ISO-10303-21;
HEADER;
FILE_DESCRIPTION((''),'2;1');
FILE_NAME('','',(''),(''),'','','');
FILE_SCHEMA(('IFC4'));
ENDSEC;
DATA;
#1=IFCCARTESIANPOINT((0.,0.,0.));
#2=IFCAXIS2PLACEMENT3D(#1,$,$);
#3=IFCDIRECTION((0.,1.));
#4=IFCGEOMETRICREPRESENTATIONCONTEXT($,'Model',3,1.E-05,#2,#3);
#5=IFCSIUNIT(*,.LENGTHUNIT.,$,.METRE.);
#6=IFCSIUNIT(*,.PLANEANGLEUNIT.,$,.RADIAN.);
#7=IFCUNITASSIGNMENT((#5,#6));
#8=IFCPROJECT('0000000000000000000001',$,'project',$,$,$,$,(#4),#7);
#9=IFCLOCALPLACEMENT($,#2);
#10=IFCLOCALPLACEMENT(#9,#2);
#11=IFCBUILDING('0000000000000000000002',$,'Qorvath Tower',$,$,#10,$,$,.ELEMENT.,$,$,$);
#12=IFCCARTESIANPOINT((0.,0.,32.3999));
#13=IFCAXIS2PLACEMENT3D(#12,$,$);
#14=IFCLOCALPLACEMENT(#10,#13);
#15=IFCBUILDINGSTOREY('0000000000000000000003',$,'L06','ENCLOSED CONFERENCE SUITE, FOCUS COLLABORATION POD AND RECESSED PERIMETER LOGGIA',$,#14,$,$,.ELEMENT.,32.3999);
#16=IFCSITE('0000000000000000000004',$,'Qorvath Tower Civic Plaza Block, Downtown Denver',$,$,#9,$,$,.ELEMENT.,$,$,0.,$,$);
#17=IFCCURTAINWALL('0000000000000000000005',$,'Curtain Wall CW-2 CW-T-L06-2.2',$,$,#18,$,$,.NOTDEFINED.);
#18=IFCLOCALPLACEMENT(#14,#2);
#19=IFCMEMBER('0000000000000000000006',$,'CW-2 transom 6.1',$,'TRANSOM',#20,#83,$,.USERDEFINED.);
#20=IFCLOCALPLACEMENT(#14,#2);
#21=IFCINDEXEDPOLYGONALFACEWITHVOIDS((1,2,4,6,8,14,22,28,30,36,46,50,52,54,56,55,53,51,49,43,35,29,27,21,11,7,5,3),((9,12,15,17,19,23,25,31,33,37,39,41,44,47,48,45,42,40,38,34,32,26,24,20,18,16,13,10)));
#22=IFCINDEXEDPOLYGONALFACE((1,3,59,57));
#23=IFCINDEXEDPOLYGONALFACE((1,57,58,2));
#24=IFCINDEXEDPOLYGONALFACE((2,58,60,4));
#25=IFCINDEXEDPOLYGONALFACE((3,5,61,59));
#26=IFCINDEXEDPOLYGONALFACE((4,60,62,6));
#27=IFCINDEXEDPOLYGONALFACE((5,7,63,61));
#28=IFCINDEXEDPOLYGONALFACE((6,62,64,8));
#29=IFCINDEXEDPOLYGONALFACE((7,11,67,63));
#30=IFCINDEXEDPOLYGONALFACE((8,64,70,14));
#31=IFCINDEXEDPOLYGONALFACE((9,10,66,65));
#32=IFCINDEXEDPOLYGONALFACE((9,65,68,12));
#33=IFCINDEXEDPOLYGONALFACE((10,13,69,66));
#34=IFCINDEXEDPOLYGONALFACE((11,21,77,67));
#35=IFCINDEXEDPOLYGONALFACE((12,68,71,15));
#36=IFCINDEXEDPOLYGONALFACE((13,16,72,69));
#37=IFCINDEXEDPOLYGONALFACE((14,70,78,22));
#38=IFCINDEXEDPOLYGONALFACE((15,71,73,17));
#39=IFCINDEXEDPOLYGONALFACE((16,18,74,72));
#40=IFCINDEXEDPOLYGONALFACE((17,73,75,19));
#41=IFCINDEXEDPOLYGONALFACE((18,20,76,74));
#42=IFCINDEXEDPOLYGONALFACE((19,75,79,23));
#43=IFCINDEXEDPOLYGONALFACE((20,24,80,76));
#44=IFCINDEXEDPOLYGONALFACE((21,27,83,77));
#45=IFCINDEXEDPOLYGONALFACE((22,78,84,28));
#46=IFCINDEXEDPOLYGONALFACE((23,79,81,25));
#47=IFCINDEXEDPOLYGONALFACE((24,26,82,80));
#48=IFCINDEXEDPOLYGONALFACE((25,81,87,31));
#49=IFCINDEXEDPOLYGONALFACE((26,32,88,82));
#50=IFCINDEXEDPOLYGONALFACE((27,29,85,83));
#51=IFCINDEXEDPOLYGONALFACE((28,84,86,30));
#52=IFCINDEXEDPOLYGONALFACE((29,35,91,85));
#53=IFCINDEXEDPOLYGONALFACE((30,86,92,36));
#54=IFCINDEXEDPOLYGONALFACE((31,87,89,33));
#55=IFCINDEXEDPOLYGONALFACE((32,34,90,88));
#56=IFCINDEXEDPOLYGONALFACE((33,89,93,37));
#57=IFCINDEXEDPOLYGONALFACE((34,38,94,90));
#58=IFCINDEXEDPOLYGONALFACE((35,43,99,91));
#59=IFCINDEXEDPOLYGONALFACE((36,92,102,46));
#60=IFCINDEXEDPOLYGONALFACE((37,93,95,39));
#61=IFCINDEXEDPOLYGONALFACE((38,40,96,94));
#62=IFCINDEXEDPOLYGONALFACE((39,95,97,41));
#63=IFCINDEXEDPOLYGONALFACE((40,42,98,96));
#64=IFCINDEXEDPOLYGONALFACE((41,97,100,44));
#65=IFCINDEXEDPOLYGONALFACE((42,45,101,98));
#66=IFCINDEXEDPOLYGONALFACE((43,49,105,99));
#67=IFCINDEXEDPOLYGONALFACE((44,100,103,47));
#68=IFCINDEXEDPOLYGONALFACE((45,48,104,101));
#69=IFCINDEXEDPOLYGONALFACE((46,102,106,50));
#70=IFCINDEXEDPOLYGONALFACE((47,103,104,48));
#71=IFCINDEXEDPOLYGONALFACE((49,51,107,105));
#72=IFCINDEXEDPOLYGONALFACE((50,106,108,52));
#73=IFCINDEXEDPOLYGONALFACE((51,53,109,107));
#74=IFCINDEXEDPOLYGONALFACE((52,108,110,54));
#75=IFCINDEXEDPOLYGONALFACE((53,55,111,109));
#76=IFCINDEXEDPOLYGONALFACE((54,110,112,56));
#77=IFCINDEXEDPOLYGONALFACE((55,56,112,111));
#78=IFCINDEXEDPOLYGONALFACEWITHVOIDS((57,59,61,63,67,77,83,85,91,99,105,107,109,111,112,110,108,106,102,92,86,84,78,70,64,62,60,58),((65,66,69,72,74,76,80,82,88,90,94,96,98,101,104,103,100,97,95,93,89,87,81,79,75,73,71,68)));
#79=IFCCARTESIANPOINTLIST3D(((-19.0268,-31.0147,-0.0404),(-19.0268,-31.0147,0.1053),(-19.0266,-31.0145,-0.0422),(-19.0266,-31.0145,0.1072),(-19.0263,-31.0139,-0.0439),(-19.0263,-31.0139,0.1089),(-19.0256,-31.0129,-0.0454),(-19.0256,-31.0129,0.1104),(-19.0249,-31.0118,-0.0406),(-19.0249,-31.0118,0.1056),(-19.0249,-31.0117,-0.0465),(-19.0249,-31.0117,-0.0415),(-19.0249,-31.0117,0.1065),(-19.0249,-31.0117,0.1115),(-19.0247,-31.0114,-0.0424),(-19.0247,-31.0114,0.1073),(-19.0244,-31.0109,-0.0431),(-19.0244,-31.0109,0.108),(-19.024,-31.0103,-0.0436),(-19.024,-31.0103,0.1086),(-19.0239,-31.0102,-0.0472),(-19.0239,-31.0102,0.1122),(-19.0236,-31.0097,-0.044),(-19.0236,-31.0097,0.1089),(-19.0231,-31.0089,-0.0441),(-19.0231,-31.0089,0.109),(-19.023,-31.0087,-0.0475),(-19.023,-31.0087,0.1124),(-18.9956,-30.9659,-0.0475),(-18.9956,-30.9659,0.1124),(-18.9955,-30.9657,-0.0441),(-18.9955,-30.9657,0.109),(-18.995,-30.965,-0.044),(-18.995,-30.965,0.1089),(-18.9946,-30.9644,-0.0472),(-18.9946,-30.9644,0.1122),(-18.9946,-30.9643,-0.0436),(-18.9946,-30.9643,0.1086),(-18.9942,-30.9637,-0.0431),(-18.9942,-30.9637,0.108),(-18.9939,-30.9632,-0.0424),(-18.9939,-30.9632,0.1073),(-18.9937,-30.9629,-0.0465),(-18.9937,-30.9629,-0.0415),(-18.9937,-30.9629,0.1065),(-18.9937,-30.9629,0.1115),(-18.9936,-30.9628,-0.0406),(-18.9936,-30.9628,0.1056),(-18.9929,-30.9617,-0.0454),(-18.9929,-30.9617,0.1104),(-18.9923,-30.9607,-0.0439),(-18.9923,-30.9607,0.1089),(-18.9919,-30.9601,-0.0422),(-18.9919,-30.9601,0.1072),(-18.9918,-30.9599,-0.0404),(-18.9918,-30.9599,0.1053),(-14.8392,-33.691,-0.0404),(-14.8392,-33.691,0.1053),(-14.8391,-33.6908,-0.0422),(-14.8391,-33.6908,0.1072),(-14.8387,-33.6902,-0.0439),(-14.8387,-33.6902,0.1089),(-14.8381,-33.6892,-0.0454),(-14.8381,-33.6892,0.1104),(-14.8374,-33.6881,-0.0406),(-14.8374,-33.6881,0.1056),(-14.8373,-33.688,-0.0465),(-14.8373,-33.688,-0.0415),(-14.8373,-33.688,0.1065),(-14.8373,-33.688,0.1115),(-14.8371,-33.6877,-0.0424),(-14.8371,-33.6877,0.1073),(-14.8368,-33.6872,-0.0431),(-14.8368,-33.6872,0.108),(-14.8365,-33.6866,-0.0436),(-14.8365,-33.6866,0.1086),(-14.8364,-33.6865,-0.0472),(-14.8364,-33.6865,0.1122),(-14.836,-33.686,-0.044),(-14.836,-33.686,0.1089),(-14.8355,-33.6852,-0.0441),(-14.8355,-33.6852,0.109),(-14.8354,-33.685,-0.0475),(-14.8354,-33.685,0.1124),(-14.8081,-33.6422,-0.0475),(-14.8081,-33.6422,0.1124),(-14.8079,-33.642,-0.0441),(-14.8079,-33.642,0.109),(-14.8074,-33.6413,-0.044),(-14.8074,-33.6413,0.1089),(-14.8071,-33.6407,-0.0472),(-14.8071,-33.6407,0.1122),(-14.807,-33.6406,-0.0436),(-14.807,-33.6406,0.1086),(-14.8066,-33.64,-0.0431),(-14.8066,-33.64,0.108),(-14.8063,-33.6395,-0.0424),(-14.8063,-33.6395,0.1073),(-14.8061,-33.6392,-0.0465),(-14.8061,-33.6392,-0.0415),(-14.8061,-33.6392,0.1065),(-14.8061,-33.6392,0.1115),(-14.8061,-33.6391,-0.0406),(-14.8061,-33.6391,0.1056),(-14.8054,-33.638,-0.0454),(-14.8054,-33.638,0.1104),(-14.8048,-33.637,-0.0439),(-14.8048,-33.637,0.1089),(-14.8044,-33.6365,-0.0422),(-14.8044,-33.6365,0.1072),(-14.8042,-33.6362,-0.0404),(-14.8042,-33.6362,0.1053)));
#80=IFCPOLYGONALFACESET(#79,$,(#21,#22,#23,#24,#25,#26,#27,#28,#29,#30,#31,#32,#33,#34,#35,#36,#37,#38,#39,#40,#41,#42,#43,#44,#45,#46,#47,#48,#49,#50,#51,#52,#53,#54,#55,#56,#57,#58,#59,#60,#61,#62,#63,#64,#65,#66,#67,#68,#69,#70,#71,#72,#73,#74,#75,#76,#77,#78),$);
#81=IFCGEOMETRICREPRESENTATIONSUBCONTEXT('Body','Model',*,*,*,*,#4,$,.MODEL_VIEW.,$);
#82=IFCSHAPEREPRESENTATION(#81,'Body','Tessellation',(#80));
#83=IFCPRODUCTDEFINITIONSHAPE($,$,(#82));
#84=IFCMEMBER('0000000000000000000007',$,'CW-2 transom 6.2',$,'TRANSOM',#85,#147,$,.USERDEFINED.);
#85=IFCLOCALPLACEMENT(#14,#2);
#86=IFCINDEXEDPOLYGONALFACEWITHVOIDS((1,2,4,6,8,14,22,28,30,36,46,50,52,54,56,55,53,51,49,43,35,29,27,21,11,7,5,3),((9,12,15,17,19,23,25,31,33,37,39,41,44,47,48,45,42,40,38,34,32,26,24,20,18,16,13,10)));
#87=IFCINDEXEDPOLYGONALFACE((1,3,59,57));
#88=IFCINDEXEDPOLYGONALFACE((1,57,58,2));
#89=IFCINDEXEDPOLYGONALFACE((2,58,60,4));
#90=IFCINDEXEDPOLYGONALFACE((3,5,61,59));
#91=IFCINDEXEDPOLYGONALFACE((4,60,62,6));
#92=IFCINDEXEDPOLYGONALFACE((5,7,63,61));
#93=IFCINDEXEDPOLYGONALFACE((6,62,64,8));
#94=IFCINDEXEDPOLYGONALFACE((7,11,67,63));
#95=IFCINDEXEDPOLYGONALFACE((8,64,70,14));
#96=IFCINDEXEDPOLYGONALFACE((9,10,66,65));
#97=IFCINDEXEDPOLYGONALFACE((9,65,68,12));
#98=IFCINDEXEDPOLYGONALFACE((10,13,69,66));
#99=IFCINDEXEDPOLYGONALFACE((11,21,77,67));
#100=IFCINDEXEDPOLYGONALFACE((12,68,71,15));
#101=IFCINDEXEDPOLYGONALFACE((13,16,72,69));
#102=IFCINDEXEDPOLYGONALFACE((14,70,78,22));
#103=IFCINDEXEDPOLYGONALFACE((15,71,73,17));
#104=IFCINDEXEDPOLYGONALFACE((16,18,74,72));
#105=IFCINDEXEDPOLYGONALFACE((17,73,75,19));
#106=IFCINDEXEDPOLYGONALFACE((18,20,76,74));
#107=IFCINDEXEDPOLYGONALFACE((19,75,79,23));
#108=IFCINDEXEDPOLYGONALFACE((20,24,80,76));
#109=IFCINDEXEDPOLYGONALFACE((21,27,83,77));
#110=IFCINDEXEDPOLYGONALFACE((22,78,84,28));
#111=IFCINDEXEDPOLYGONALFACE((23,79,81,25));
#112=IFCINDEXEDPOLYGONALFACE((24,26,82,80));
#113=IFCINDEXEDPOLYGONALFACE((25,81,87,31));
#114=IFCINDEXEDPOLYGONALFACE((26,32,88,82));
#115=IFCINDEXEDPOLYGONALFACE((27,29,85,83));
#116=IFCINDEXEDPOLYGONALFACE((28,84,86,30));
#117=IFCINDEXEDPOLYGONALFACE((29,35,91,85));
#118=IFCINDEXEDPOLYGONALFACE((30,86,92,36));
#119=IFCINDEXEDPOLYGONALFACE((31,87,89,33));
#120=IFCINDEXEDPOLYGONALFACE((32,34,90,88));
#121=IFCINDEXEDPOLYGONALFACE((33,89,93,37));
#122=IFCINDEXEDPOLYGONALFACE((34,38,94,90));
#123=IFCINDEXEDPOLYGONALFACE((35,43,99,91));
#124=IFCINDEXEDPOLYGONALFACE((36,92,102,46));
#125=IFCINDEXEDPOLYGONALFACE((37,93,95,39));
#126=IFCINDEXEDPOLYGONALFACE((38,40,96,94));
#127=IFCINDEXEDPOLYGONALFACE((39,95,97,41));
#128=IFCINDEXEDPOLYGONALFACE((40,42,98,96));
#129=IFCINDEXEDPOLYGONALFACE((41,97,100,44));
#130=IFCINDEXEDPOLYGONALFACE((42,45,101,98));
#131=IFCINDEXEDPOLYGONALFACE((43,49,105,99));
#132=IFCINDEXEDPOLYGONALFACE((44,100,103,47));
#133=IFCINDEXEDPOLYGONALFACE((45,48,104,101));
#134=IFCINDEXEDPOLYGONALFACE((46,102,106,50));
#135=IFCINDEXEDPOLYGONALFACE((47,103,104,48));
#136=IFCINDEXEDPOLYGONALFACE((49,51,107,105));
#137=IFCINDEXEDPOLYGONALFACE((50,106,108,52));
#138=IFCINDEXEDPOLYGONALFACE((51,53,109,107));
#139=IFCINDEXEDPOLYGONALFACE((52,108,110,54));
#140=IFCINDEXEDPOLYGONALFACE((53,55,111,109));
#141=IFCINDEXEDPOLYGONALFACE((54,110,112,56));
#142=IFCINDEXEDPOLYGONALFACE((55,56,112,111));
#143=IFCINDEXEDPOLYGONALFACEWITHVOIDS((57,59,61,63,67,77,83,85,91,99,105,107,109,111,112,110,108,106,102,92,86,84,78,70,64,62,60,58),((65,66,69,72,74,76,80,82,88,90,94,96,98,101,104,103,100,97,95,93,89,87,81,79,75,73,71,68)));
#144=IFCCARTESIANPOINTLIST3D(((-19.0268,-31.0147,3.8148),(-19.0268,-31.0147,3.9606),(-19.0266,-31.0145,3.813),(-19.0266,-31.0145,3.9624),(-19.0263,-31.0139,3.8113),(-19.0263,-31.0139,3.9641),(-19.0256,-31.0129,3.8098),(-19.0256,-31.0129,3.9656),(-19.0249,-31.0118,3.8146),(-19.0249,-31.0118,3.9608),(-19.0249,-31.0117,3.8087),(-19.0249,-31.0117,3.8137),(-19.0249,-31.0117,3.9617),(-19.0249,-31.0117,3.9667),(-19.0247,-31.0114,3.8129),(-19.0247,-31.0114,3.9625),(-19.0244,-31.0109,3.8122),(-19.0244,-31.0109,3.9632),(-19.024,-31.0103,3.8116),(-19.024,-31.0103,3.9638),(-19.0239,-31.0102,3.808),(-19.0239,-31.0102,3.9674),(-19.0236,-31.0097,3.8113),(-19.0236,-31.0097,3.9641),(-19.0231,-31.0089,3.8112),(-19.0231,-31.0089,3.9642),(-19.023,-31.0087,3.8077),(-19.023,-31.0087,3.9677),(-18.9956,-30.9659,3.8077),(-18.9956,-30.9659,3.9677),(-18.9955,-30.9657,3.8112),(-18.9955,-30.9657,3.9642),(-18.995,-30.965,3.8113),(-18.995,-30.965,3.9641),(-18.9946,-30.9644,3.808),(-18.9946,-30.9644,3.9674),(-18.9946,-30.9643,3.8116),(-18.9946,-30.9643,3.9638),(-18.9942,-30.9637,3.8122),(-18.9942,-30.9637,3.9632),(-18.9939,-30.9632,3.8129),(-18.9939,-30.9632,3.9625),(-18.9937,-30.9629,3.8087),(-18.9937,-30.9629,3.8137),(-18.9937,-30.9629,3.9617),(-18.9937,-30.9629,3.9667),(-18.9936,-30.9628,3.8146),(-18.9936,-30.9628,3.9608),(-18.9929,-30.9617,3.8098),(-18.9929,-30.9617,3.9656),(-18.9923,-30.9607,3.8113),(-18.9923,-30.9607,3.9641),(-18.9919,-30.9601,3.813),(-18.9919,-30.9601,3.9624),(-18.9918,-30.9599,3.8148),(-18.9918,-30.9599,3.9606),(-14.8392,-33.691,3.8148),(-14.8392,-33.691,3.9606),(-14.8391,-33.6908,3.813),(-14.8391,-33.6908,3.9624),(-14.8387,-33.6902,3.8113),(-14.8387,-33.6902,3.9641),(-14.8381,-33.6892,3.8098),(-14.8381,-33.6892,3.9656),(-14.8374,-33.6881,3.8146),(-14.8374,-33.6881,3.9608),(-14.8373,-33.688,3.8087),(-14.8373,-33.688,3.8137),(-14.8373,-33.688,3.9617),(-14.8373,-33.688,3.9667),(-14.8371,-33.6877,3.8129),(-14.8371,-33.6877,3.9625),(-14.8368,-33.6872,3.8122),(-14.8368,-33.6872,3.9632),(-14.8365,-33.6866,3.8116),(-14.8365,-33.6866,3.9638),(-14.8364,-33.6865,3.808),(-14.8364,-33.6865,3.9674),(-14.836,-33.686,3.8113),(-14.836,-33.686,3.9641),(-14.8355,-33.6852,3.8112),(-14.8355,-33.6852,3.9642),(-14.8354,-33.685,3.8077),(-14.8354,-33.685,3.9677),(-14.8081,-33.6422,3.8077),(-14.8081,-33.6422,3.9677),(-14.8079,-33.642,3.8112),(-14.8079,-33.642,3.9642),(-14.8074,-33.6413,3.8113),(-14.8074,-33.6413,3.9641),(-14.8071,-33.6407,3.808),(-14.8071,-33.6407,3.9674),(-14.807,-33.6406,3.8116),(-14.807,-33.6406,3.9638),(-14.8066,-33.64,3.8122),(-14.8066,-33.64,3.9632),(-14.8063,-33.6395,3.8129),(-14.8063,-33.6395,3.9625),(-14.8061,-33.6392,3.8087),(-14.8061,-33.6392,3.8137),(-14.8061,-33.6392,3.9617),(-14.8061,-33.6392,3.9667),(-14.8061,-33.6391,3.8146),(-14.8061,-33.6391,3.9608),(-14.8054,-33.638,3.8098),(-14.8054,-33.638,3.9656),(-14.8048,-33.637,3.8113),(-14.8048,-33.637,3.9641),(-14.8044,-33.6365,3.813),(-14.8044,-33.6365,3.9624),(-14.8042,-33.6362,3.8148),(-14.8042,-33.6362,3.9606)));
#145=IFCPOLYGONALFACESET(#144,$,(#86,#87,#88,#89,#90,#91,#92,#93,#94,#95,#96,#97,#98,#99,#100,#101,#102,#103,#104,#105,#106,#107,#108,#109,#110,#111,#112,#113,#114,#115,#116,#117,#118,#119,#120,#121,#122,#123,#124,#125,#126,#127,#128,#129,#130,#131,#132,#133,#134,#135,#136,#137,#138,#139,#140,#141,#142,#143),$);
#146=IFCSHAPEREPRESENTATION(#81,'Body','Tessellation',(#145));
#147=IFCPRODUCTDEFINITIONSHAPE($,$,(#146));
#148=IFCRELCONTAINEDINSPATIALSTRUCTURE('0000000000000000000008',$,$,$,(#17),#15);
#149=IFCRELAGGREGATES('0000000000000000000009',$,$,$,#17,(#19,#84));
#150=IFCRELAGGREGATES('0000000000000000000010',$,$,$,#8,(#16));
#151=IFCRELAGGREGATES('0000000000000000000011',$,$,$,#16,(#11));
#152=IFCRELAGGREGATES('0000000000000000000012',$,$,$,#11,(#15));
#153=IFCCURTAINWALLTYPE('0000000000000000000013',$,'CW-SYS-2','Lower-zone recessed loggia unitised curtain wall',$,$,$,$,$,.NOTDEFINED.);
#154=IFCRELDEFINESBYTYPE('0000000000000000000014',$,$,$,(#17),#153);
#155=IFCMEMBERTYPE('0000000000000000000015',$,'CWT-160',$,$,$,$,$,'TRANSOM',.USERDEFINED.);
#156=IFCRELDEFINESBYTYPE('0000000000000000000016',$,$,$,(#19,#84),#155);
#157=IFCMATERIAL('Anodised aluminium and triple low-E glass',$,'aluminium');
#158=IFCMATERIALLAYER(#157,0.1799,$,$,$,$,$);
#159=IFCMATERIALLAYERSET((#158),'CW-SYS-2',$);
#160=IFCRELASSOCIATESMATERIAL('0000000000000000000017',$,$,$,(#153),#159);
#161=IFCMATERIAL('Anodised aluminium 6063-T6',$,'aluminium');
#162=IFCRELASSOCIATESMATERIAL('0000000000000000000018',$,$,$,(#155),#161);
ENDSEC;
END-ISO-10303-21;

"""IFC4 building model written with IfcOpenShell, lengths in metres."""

from ifc_helpers import new_model, si_unit, direction, frame, origin, origin_2d, place, context, subcontext, project, spatial, hollow_rectangle, extrude, material, layer, layer_set, material_profile, profile_set, type_object, element, aggregate, save


model = new_model("IFC4")

# Units and contexts
model_context = context("Model", 3, precision=1e-05, world=origin(), true_north=direction((0.0, 1.0)))
body_context = subcontext(model_context, "Body", "Model", "MODEL_VIEW")
ifc_project = project(units=[si_unit("LENGTHUNIT", "METRE"), si_unit("PLANEANGLEUNIT", "RADIAN")], contexts=[model_context])

# Site, building, storey
site_placement = place(None, origin())
site = spatial("IfcSite", under=ifc_project, at=site_placement, Name="Qorvath Tower Civic Plaza Block, Downtown Denver", CompositionType="ELEMENT", RefElevation=0.0)
building_placement = place(site_placement, origin())
building = spatial("IfcBuilding", under=site, at=building_placement, Name="Qorvath Tower", CompositionType="ELEMENT")
storey_placement = place(building_placement, frame((0.0, 0.0, 32.3999)))
storey = spatial("IfcBuildingStorey", under=building, at=storey_placement, Name="L06", Description="ENCLOSED CONFERENCE SUITE, FOCUS COLLABORATION POD AND RECESSED PERIMETER LOGGIA", CompositionType="ELEMENT", Elevation=32.3999)

# Curtain wall
ifc_material_1 = material(Name="Anodised aluminium and triple low-E glass", Category="aluminium")
ifc_layer_1 = layer(ifc_material_1, 0.1799)
ifc_layer_set_1 = layer_set([ifc_layer_1], Name="CW-SYS-2")
curtain_wall_type = type_object("IfcCurtainWallType", Name="CW-SYS-2", Description="Lower-zone recessed loggia unitised curtain wall", PredefinedType="NOTDEFINED", material=ifc_layer_set_1)
curtain_wall_1_placement = place(storey_placement, origin())
curtain_wall_1 = element("IfcCurtainWall", 1, at=curtain_wall_1_placement, inside=storey, type_object=curtain_wall_type, Name="Curtain Wall CW-2 CW-T-L06-2.2", PredefinedType="NOTDEFINED")

# Members
ifc_material_2 = material(Name="Anodised aluminium 6063-T6", Category="aluminium")
ifc_material_profile_1 = material_profile(ifc_material_2, hollow_rectangle(XDim=0.0649, YDim=0.1599, WallThickness=0.0034, InnerFilletRadius=0.0034, OuterFilletRadius=0.0071, at=origin_2d()), Name="CWT 160x65")
ifc_profile_set_1 = profile_set([ifc_material_profile_1], Name="Anodised aluminium 6063-T6")
member_type_1 = type_object("IfcMemberType", Name="CWT-160", ElementType="TRANSOM", PredefinedType="USERDEFINED", material=ifc_profile_set_1)
member_1_placement = place(storey_placement, frame((-19.0093, -30.9873, 0.0325), z_axis=(0.842612, -0.538521, 0.0), x_axis=(0.538521, 0.842612, 0.0)))
member_1 = element("IfcMember", 2, at=member_1_placement, type_object=member_type_1, Name="CW-2 transom 6.1", ObjectType="TRANSOM", PredefinedType="USERDEFINED", context=body_context, shape_type="SweptSolid", body=[
    extrude(hollow_rectangle(XDim=0.0649, YDim=0.1599, WallThickness=0.0034, InnerFilletRadius=0.0034, OuterFilletRadius=0.0071, at=origin_2d()), origin(), (0.0, 0.0, 1.0), 4.9697),
])
member_2_placement = place(storey_placement, frame((-19.0093, -30.9873, 3.8877), z_axis=(0.842612, -0.538521, 0.0), x_axis=(0.538521, 0.842612, 0.0)))
member_2 = element("IfcMember", 3, at=member_2_placement, type_object=member_type_1, Name="CW-2 transom 6.2", ObjectType="TRANSOM", PredefinedType="USERDEFINED", context=body_context, shape_type="SweptSolid", body=[
    extrude(hollow_rectangle(XDim=0.0649, YDim=0.1599, WallThickness=0.0034, InnerFilletRadius=0.0034, OuterFilletRadius=0.0071, at=origin_2d()), origin(), (0.0, 0.0, 1.0), 4.9697),
])

aggregate(curtain_wall_1, [member_1, member_2])

save(model, "model.ifc")
